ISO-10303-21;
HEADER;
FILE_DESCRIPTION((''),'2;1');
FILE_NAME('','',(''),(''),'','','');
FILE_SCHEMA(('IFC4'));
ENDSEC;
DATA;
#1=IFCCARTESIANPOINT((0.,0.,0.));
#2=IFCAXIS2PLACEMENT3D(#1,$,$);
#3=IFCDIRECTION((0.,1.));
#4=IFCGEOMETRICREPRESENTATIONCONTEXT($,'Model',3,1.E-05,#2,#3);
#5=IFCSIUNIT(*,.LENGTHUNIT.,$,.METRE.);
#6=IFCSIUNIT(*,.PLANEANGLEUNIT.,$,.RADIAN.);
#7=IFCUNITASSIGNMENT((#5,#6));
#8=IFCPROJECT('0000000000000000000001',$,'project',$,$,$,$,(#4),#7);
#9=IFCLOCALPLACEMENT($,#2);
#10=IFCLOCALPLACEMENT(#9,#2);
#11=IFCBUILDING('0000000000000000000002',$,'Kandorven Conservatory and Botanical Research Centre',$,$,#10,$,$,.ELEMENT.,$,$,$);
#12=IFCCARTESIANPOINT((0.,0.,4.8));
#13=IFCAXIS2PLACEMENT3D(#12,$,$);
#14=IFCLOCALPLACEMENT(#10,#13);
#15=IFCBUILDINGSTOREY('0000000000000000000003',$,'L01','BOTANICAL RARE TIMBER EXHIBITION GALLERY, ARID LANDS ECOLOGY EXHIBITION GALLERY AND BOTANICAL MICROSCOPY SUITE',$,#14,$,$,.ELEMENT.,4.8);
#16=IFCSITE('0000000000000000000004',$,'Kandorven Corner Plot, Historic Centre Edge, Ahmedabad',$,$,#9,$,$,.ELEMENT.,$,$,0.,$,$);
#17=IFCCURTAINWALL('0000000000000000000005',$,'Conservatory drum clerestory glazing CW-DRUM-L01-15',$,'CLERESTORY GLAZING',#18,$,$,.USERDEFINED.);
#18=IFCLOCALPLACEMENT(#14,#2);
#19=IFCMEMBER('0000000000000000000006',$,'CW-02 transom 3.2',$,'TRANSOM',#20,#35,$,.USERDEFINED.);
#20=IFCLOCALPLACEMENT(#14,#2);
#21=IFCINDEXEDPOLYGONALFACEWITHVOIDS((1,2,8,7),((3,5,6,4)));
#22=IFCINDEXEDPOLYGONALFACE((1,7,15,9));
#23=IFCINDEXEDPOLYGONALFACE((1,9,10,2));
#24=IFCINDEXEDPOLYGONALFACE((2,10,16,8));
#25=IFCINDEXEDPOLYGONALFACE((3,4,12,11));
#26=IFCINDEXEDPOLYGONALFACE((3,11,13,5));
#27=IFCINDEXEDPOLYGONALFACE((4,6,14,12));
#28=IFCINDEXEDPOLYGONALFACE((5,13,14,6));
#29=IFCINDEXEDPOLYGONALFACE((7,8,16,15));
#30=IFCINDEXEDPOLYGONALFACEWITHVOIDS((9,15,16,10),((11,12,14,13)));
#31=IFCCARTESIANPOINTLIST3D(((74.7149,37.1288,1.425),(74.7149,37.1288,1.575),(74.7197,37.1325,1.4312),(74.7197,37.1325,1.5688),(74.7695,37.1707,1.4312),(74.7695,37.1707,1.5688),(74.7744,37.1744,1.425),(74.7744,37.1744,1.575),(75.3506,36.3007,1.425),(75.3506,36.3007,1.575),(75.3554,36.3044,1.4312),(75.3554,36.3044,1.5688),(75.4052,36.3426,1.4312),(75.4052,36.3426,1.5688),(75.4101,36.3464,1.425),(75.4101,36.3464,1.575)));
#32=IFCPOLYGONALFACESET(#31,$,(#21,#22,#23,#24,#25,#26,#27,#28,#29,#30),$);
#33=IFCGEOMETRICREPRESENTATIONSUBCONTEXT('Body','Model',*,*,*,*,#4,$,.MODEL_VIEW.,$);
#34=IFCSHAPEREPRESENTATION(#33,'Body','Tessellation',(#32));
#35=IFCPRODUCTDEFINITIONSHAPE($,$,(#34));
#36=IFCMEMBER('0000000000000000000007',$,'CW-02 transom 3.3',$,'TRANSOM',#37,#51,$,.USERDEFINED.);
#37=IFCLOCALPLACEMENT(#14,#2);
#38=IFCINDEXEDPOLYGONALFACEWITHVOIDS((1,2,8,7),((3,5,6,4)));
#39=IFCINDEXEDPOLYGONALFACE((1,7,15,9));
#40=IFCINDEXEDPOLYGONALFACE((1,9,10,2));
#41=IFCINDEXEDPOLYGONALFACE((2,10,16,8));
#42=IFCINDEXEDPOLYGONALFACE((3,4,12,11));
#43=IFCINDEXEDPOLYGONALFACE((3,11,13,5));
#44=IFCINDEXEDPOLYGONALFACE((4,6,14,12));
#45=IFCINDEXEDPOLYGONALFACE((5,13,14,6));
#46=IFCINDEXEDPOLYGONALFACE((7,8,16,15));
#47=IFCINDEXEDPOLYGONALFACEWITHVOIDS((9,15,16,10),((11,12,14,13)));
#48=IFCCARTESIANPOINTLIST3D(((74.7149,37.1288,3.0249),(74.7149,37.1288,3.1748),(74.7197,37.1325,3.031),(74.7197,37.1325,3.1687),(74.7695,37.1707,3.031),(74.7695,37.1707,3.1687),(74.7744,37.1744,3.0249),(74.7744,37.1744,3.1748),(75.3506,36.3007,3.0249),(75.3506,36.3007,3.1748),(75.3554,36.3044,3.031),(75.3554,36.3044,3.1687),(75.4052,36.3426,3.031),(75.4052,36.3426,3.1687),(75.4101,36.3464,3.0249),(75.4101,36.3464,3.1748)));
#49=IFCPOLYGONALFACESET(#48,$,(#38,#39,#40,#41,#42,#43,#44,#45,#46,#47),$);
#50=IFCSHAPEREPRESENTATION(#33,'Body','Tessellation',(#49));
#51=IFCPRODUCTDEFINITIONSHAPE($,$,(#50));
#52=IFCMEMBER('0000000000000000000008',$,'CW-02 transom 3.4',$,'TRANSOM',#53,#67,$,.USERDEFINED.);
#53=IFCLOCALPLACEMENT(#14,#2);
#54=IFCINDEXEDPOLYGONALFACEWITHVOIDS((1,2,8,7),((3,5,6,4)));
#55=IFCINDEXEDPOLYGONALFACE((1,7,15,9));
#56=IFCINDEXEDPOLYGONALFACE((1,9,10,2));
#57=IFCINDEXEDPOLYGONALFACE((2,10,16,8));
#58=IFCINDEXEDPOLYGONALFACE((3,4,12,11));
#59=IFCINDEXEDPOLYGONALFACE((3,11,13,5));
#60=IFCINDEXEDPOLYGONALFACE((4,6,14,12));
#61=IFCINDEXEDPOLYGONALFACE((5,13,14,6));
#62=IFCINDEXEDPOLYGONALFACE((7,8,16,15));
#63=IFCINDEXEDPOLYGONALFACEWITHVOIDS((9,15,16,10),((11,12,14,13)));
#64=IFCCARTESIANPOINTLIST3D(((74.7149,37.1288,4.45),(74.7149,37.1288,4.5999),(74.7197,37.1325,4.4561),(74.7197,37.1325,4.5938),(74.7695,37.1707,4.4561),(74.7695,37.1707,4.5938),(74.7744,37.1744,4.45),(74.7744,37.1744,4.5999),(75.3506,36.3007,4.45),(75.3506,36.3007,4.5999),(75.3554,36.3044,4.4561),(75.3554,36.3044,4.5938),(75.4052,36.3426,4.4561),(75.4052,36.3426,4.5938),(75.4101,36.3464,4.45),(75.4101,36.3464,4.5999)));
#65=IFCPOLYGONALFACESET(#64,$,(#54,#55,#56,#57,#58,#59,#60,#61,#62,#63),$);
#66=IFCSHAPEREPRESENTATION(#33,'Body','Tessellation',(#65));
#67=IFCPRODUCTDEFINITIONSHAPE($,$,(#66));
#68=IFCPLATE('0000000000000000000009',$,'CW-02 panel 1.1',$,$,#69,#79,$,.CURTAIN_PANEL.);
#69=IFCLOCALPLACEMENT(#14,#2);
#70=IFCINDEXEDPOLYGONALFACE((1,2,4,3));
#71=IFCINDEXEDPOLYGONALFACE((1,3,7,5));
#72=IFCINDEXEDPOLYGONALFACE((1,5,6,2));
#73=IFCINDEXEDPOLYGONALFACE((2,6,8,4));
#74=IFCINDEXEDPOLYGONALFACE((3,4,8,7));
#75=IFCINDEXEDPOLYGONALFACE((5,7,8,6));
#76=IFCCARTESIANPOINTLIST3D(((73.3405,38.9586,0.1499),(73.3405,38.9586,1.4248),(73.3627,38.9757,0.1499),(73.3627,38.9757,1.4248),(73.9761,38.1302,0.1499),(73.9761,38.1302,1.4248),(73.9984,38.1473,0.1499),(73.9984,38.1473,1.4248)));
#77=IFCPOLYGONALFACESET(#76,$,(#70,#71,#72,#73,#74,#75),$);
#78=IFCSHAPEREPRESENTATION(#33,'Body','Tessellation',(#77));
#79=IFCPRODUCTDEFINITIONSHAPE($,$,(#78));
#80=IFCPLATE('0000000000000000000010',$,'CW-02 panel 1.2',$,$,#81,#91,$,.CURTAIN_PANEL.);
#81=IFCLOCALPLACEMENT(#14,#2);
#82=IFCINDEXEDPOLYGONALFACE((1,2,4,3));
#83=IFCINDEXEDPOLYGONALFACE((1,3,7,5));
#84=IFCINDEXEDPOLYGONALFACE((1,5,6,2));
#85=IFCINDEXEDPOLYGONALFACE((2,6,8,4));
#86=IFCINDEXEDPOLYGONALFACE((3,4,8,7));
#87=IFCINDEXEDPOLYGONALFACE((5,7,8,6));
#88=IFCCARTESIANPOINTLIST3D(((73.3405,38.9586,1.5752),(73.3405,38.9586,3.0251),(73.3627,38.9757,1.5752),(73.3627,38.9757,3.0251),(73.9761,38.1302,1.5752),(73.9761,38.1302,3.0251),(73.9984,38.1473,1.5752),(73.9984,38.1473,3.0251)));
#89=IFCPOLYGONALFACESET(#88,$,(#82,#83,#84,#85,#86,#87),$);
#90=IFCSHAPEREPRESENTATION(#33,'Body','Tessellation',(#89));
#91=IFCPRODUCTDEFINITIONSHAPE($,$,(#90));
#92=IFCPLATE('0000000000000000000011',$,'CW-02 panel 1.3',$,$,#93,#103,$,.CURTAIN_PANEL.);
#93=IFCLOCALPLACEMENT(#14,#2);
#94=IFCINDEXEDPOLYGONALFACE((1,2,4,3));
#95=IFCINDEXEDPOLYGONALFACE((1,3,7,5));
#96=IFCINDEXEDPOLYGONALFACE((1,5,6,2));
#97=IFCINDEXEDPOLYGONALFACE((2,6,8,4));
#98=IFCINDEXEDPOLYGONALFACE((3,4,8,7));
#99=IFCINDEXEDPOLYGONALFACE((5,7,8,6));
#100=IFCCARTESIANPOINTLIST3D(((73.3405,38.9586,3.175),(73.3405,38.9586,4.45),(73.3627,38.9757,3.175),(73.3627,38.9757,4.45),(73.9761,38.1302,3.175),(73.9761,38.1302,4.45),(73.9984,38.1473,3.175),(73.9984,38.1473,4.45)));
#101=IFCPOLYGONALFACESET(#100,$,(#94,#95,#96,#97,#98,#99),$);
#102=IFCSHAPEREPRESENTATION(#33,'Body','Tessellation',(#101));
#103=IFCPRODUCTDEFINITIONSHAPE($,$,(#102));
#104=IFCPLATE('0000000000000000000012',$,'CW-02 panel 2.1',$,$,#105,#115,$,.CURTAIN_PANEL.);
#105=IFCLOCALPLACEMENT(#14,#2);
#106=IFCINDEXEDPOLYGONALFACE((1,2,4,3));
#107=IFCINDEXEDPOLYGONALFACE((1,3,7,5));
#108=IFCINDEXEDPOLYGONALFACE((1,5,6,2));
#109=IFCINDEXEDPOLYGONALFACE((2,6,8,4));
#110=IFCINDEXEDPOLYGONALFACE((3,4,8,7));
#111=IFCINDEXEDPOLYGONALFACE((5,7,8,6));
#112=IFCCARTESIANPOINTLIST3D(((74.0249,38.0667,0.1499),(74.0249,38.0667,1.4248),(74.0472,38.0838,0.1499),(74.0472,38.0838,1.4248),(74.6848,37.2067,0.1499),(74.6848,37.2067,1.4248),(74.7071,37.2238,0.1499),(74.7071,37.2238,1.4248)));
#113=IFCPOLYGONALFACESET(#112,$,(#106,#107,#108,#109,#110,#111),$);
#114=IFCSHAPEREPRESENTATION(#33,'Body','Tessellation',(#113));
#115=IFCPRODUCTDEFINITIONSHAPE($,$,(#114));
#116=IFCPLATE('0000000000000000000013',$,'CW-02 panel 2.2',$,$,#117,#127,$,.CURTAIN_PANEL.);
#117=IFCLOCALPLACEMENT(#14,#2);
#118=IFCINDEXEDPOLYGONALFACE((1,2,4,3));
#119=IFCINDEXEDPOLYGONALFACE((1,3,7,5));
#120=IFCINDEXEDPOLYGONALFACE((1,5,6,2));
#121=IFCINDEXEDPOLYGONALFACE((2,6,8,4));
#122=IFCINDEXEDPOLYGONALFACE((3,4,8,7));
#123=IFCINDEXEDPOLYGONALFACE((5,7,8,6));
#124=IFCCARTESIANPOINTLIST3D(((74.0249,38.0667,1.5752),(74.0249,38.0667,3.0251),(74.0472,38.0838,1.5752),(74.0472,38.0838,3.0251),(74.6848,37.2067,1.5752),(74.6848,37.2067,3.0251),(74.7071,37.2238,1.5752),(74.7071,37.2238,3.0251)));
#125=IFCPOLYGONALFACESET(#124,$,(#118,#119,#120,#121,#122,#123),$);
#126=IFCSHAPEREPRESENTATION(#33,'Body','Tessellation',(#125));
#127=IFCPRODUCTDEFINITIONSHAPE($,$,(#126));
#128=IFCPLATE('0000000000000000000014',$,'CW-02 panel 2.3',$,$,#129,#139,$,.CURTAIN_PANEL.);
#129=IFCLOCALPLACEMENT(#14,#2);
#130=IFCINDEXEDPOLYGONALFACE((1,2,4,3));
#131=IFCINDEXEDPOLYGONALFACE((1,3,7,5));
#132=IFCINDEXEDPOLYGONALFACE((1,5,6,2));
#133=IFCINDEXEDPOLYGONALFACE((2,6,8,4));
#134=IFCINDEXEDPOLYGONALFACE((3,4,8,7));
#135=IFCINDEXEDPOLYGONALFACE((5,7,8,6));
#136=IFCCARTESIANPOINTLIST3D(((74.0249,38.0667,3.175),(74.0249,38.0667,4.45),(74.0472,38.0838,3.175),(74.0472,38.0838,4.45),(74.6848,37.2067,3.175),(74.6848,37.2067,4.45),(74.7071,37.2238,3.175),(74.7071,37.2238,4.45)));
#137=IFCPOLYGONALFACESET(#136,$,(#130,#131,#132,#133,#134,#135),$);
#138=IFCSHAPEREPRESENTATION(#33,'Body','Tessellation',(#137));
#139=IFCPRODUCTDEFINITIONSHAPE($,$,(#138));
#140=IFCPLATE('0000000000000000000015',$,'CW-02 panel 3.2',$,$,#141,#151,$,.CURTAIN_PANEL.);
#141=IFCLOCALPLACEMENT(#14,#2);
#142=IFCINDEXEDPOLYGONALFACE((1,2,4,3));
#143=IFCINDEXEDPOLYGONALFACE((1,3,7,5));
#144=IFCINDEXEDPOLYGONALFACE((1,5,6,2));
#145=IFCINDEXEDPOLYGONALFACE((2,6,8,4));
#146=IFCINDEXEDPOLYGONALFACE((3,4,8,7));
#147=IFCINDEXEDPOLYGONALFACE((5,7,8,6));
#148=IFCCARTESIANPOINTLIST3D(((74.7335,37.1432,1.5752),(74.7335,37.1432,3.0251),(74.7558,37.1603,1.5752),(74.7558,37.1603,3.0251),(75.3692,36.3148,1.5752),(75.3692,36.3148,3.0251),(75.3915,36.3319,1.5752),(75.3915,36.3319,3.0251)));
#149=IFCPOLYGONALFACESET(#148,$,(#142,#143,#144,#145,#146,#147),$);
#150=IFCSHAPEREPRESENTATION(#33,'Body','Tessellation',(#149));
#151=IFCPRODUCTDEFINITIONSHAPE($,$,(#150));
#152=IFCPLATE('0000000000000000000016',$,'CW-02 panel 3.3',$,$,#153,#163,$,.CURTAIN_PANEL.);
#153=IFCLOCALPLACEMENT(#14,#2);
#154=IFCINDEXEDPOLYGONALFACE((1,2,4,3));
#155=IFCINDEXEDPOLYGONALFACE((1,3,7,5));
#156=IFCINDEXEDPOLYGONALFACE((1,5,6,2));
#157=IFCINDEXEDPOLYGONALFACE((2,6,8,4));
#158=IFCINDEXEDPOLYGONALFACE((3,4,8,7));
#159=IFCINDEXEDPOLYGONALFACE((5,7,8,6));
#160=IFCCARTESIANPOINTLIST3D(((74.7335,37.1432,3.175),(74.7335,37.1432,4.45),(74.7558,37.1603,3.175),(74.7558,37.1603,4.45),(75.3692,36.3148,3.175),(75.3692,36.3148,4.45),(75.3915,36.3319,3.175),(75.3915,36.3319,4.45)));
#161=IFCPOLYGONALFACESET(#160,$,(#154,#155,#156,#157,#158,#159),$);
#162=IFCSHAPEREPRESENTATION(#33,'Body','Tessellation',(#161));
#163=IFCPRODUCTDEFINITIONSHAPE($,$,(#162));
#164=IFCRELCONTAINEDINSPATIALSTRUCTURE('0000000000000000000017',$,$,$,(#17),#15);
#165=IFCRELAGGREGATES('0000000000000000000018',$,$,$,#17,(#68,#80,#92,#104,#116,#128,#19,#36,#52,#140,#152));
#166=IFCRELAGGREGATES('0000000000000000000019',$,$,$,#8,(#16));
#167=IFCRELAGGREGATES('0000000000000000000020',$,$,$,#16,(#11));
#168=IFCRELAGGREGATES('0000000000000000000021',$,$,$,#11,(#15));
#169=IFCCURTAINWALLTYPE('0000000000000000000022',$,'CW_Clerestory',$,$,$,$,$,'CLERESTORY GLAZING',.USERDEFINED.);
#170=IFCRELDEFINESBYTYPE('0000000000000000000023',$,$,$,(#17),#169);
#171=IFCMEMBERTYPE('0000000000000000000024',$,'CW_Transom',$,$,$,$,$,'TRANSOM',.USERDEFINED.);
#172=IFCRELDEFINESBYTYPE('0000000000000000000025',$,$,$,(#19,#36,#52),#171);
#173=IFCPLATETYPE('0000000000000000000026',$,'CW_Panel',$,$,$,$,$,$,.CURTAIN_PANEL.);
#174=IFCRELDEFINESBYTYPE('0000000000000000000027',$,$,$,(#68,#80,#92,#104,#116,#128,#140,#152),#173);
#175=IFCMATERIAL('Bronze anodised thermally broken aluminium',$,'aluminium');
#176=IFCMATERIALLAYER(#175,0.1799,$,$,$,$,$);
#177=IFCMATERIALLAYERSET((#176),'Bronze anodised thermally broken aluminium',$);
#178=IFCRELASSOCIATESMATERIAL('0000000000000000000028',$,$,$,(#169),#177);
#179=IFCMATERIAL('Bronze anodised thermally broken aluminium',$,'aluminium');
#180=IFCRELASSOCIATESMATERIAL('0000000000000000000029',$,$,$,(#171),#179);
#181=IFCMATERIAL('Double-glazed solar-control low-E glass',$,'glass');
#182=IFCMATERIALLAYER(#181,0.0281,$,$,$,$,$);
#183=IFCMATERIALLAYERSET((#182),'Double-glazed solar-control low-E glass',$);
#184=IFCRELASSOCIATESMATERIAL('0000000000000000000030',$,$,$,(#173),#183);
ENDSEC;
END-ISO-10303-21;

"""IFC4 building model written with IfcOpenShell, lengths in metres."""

from ifc_helpers import new_model, si_unit, direction, frame, origin, origin_2d, place, context, subcontext, project, spatial, rectangle, hollow_rectangle, extrude, material, layer, layer_set, material_profile, profile_set, type_object, element, aggregate, save


model = new_model("IFC4")

# Units and contexts
model_context = context("Model", 3, precision=1e-05, world=origin(), true_north=direction((0.0, 1.0)))
body_context = subcontext(model_context, "Body", "Model", "MODEL_VIEW")
ifc_project = project(units=[si_unit("LENGTHUNIT", "METRE"), si_unit("PLANEANGLEUNIT", "RADIAN")], contexts=[model_context])

# Site, building, storey
site_placement = place(None, origin())
site = spatial("IfcSite", under=ifc_project, at=site_placement, Name="Kandorven Corner Plot, Historic Centre Edge, Ahmedabad", CompositionType="ELEMENT", RefElevation=0.0)
building_placement = place(site_placement, origin())
building = spatial("IfcBuilding", under=site, at=building_placement, Name="Kandorven Conservatory and Botanical Research Centre", CompositionType="ELEMENT")
storey_placement = place(building_placement, frame((0.0, 0.0, 4.8)))
storey = spatial("IfcBuildingStorey", under=building, at=storey_placement, Name="L01", Description="BOTANICAL RARE TIMBER EXHIBITION GALLERY, ARID LANDS ECOLOGY EXHIBITION GALLERY AND BOTANICAL MICROSCOPY SUITE", CompositionType="ELEMENT", Elevation=4.8)

# Curtain wall, members, plates
ifc_material_1 = material(Name="Bronze anodised thermally broken aluminium", Category="aluminium")
ifc_layer_1 = layer(ifc_material_1, 0.1799)
ifc_layer_set_1 = layer_set([ifc_layer_1], Name="Bronze anodised thermally broken aluminium")
curtain_wall_type = type_object("IfcCurtainWallType", Name="CW_Clerestory", ElementType="CLERESTORY GLAZING", PredefinedType="USERDEFINED", material=ifc_layer_set_1)
curtain_wall_placement = place(storey_placement, origin())
curtain_wall = element("IfcCurtainWall", 1, at=curtain_wall_placement, inside=storey, type_object=curtain_wall_type, Name="Conservatory drum clerestory glazing CW-DRUM-L01-15", ObjectType="CLERESTORY GLAZING", PredefinedType="USERDEFINED")
ifc_material_2 = material(Name="Bronze anodised thermally broken aluminium", Category="aluminium")
ifc_material_profile_1 = material_profile(ifc_material_2, hollow_rectangle(XDim=0.075, YDim=0.1499, WallThickness=0.0061, at=origin_2d()))
ifc_profile_set_1 = profile_set([ifc_material_profile_1], Name="Bronze anodised thermally broken aluminium")
member_type_1 = type_object("IfcMemberType", Name="CW_Transom", ElementType="TRANSOM", PredefinedType="USERDEFINED", material=ifc_profile_set_1)
member_1_placement = place(storey_placement, frame((74.7446, 37.1516, 1.5), z_axis=(0.608942, -0.793215, 0.0), x_axis=(0.793215, 0.608942, 0.0)))
member_1 = element("IfcMember", 2, at=member_1_placement, type_object=member_type_1, Name="CW-02 transom 3.2", ObjectType="TRANSOM", PredefinedType="USERDEFINED", context=body_context, shape_type="SweptSolid", body=[
    extrude(hollow_rectangle(XDim=0.075, YDim=0.1499, WallThickness=0.0061, at=origin_2d()), origin(), (0.0, 0.0, 1.0), 1.0439),
])
member_2_placement = place(storey_placement, frame((74.7446, 37.1516, 3.0999), z_axis=(0.608942, -0.793215, 0.0), x_axis=(0.793215, 0.608942, 0.0)))
member_2 = element("IfcMember", 3, at=member_2_placement, type_object=member_type_1, Name="CW-02 transom 3.3", ObjectType="TRANSOM", PredefinedType="USERDEFINED", context=body_context, shape_type="SweptSolid", body=[
    extrude(hollow_rectangle(XDim=0.075, YDim=0.1499, WallThickness=0.0061, at=origin_2d()), origin(), (0.0, 0.0, 1.0), 1.0439),
])
member_3_placement = place(storey_placement, frame((74.7446, 37.1516, 4.5249), z_axis=(0.608942, -0.793215, 0.0), x_axis=(0.793215, 0.608942, 0.0)))
member_3 = element("IfcMember", 4, at=member_3_placement, type_object=member_type_1, Name="CW-02 transom 3.4", ObjectType="TRANSOM", PredefinedType="USERDEFINED", context=body_context, shape_type="SweptSolid", body=[
    extrude(hollow_rectangle(XDim=0.075, YDim=0.1499, WallThickness=0.0061, at=origin_2d()), origin(), (0.0, 0.0, 1.0), 1.0439),
])
ifc_material_3 = material(Name="Double-glazed solar-control low-E glass", Category="glass")
ifc_layer_2 = layer(ifc_material_3, 0.0281)
ifc_layer_set_2 = layer_set([ifc_layer_2], Name="Double-glazed solar-control low-E glass")
plate_type = type_object("IfcPlateType", Name="CW_Panel", PredefinedType="CURTAIN_PANEL", material=ifc_layer_set_2)
plate_1_placement = place(storey_placement, frame((73.6694, 38.553, 0.1499), z_axis=(0.0, 0.0, 1.0), x_axis=(0.608769, -0.793347, 0.0)))
plate_1 = element("IfcPlate", 5, at=plate_1_placement, type_object=plate_type, Name="CW-02 panel 1.1", PredefinedType="CURTAIN_PANEL", context=body_context, shape_type="SweptSolid", body=[
    extrude(rectangle(XDim=1.0442, YDim=0.0281, at=origin_2d()), origin(), (0.0, 0.0, 1.0), 1.2749),
])
plate_2_placement = place(storey_placement, frame((73.6694, 38.553, 1.5752), z_axis=(0.0, 0.0, 1.0), x_axis=(0.608769, -0.793347, 0.0)))
plate_2 = element("IfcPlate", 6, at=plate_2_placement, type_object=plate_type, Name="CW-02 panel 1.2", PredefinedType="CURTAIN_PANEL", context=body_context, shape_type="SweptSolid", body=[
    extrude(rectangle(XDim=1.0442, YDim=0.0281, at=origin_2d()), origin(), (0.0, 0.0, 1.0), 1.45),
])
plate_3_placement = place(storey_placement, frame((73.6694, 38.553, 3.175), z_axis=(0.0, 0.0, 1.0), x_axis=(0.608769, -0.793347, 0.0)))
plate_3 = element("IfcPlate", 7, at=plate_3_placement, type_object=plate_type, Name="CW-02 panel 1.3", PredefinedType="CURTAIN_PANEL", context=body_context, shape_type="SweptSolid", body=[
    extrude(rectangle(XDim=1.0442, YDim=0.0281, at=origin_2d()), origin(), (0.0, 0.0, 1.0), 1.2749),
])
plate_4_placement = place(storey_placement, frame((74.366, 37.6453, 0.1499), z_axis=(0.0, 0.0, 1.0), x_axis=(0.608769, -0.793347, 0.0)))
plate_4 = element("IfcPlate", 8, at=plate_4_placement, type_object=plate_type, Name="CW-02 panel 2.1", PredefinedType="CURTAIN_PANEL", context=body_context, shape_type="SweptSolid", body=[
    extrude(rectangle(XDim=1.084, YDim=0.0281, at=origin_2d()), origin(), (0.0, 0.0, 1.0), 1.2749),
])
plate_5_placement = place(storey_placement, frame((74.366, 37.6453, 1.5752), z_axis=(0.0, 0.0, 1.0), x_axis=(0.608769, -0.793347, 0.0)))
plate_5 = element("IfcPlate", 9, at=plate_5_placement, type_object=plate_type, Name="CW-02 panel 2.2", PredefinedType="CURTAIN_PANEL", context=body_context, shape_type="SweptSolid", body=[
    extrude(rectangle(XDim=1.084, YDim=0.0281, at=origin_2d()), origin(), (0.0, 0.0, 1.0), 1.45),
])
plate_6_placement = place(storey_placement, frame((74.366, 37.6453, 3.175), z_axis=(0.0, 0.0, 1.0), x_axis=(0.608769, -0.793347, 0.0)))
plate_6 = element("IfcPlate", 10, at=plate_6_placement, type_object=plate_type, Name="CW-02 panel 2.3", PredefinedType="CURTAIN_PANEL", context=body_context, shape_type="SweptSolid", body=[
    extrude(rectangle(XDim=1.084, YDim=0.0281, at=origin_2d()), origin(), (0.0, 0.0, 1.0), 1.2749),
])
plate_7_placement = place(storey_placement, frame((75.0625, 36.7375, 1.5752), z_axis=(0.0, 0.0, 1.0), x_axis=(0.608769, -0.793347, 0.0)))
plate_7 = element("IfcPlate", 11, at=plate_7_placement, type_object=plate_type, Name="CW-02 panel 3.2", PredefinedType="CURTAIN_PANEL", context=body_context, shape_type="SweptSolid", body=[
    extrude(rectangle(XDim=1.0442, YDim=0.0281, at=origin_2d()), origin(), (0.0, 0.0, 1.0), 1.45),
])
plate_8_placement = place(storey_placement, frame((75.0625, 36.7375, 3.175), z_axis=(0.0, 0.0, 1.0), x_axis=(0.608769, -0.793347, 0.0)))
plate_8 = element("IfcPlate", 12, at=plate_8_placement, type_object=plate_type, Name="CW-02 panel 3.3", PredefinedType="CURTAIN_PANEL", context=body_context, shape_type="SweptSolid", body=[
    extrude(rectangle(XDim=1.0442, YDim=0.0281, at=origin_2d()), origin(), (0.0, 0.0, 1.0), 1.2749),
])
aggregate(curtain_wall, [plate_1, plate_2, plate_3, plate_4, plate_5, plate_6, member_1, member_2, member_3, plate_7, plate_8])

save(model, "model.ifc")
